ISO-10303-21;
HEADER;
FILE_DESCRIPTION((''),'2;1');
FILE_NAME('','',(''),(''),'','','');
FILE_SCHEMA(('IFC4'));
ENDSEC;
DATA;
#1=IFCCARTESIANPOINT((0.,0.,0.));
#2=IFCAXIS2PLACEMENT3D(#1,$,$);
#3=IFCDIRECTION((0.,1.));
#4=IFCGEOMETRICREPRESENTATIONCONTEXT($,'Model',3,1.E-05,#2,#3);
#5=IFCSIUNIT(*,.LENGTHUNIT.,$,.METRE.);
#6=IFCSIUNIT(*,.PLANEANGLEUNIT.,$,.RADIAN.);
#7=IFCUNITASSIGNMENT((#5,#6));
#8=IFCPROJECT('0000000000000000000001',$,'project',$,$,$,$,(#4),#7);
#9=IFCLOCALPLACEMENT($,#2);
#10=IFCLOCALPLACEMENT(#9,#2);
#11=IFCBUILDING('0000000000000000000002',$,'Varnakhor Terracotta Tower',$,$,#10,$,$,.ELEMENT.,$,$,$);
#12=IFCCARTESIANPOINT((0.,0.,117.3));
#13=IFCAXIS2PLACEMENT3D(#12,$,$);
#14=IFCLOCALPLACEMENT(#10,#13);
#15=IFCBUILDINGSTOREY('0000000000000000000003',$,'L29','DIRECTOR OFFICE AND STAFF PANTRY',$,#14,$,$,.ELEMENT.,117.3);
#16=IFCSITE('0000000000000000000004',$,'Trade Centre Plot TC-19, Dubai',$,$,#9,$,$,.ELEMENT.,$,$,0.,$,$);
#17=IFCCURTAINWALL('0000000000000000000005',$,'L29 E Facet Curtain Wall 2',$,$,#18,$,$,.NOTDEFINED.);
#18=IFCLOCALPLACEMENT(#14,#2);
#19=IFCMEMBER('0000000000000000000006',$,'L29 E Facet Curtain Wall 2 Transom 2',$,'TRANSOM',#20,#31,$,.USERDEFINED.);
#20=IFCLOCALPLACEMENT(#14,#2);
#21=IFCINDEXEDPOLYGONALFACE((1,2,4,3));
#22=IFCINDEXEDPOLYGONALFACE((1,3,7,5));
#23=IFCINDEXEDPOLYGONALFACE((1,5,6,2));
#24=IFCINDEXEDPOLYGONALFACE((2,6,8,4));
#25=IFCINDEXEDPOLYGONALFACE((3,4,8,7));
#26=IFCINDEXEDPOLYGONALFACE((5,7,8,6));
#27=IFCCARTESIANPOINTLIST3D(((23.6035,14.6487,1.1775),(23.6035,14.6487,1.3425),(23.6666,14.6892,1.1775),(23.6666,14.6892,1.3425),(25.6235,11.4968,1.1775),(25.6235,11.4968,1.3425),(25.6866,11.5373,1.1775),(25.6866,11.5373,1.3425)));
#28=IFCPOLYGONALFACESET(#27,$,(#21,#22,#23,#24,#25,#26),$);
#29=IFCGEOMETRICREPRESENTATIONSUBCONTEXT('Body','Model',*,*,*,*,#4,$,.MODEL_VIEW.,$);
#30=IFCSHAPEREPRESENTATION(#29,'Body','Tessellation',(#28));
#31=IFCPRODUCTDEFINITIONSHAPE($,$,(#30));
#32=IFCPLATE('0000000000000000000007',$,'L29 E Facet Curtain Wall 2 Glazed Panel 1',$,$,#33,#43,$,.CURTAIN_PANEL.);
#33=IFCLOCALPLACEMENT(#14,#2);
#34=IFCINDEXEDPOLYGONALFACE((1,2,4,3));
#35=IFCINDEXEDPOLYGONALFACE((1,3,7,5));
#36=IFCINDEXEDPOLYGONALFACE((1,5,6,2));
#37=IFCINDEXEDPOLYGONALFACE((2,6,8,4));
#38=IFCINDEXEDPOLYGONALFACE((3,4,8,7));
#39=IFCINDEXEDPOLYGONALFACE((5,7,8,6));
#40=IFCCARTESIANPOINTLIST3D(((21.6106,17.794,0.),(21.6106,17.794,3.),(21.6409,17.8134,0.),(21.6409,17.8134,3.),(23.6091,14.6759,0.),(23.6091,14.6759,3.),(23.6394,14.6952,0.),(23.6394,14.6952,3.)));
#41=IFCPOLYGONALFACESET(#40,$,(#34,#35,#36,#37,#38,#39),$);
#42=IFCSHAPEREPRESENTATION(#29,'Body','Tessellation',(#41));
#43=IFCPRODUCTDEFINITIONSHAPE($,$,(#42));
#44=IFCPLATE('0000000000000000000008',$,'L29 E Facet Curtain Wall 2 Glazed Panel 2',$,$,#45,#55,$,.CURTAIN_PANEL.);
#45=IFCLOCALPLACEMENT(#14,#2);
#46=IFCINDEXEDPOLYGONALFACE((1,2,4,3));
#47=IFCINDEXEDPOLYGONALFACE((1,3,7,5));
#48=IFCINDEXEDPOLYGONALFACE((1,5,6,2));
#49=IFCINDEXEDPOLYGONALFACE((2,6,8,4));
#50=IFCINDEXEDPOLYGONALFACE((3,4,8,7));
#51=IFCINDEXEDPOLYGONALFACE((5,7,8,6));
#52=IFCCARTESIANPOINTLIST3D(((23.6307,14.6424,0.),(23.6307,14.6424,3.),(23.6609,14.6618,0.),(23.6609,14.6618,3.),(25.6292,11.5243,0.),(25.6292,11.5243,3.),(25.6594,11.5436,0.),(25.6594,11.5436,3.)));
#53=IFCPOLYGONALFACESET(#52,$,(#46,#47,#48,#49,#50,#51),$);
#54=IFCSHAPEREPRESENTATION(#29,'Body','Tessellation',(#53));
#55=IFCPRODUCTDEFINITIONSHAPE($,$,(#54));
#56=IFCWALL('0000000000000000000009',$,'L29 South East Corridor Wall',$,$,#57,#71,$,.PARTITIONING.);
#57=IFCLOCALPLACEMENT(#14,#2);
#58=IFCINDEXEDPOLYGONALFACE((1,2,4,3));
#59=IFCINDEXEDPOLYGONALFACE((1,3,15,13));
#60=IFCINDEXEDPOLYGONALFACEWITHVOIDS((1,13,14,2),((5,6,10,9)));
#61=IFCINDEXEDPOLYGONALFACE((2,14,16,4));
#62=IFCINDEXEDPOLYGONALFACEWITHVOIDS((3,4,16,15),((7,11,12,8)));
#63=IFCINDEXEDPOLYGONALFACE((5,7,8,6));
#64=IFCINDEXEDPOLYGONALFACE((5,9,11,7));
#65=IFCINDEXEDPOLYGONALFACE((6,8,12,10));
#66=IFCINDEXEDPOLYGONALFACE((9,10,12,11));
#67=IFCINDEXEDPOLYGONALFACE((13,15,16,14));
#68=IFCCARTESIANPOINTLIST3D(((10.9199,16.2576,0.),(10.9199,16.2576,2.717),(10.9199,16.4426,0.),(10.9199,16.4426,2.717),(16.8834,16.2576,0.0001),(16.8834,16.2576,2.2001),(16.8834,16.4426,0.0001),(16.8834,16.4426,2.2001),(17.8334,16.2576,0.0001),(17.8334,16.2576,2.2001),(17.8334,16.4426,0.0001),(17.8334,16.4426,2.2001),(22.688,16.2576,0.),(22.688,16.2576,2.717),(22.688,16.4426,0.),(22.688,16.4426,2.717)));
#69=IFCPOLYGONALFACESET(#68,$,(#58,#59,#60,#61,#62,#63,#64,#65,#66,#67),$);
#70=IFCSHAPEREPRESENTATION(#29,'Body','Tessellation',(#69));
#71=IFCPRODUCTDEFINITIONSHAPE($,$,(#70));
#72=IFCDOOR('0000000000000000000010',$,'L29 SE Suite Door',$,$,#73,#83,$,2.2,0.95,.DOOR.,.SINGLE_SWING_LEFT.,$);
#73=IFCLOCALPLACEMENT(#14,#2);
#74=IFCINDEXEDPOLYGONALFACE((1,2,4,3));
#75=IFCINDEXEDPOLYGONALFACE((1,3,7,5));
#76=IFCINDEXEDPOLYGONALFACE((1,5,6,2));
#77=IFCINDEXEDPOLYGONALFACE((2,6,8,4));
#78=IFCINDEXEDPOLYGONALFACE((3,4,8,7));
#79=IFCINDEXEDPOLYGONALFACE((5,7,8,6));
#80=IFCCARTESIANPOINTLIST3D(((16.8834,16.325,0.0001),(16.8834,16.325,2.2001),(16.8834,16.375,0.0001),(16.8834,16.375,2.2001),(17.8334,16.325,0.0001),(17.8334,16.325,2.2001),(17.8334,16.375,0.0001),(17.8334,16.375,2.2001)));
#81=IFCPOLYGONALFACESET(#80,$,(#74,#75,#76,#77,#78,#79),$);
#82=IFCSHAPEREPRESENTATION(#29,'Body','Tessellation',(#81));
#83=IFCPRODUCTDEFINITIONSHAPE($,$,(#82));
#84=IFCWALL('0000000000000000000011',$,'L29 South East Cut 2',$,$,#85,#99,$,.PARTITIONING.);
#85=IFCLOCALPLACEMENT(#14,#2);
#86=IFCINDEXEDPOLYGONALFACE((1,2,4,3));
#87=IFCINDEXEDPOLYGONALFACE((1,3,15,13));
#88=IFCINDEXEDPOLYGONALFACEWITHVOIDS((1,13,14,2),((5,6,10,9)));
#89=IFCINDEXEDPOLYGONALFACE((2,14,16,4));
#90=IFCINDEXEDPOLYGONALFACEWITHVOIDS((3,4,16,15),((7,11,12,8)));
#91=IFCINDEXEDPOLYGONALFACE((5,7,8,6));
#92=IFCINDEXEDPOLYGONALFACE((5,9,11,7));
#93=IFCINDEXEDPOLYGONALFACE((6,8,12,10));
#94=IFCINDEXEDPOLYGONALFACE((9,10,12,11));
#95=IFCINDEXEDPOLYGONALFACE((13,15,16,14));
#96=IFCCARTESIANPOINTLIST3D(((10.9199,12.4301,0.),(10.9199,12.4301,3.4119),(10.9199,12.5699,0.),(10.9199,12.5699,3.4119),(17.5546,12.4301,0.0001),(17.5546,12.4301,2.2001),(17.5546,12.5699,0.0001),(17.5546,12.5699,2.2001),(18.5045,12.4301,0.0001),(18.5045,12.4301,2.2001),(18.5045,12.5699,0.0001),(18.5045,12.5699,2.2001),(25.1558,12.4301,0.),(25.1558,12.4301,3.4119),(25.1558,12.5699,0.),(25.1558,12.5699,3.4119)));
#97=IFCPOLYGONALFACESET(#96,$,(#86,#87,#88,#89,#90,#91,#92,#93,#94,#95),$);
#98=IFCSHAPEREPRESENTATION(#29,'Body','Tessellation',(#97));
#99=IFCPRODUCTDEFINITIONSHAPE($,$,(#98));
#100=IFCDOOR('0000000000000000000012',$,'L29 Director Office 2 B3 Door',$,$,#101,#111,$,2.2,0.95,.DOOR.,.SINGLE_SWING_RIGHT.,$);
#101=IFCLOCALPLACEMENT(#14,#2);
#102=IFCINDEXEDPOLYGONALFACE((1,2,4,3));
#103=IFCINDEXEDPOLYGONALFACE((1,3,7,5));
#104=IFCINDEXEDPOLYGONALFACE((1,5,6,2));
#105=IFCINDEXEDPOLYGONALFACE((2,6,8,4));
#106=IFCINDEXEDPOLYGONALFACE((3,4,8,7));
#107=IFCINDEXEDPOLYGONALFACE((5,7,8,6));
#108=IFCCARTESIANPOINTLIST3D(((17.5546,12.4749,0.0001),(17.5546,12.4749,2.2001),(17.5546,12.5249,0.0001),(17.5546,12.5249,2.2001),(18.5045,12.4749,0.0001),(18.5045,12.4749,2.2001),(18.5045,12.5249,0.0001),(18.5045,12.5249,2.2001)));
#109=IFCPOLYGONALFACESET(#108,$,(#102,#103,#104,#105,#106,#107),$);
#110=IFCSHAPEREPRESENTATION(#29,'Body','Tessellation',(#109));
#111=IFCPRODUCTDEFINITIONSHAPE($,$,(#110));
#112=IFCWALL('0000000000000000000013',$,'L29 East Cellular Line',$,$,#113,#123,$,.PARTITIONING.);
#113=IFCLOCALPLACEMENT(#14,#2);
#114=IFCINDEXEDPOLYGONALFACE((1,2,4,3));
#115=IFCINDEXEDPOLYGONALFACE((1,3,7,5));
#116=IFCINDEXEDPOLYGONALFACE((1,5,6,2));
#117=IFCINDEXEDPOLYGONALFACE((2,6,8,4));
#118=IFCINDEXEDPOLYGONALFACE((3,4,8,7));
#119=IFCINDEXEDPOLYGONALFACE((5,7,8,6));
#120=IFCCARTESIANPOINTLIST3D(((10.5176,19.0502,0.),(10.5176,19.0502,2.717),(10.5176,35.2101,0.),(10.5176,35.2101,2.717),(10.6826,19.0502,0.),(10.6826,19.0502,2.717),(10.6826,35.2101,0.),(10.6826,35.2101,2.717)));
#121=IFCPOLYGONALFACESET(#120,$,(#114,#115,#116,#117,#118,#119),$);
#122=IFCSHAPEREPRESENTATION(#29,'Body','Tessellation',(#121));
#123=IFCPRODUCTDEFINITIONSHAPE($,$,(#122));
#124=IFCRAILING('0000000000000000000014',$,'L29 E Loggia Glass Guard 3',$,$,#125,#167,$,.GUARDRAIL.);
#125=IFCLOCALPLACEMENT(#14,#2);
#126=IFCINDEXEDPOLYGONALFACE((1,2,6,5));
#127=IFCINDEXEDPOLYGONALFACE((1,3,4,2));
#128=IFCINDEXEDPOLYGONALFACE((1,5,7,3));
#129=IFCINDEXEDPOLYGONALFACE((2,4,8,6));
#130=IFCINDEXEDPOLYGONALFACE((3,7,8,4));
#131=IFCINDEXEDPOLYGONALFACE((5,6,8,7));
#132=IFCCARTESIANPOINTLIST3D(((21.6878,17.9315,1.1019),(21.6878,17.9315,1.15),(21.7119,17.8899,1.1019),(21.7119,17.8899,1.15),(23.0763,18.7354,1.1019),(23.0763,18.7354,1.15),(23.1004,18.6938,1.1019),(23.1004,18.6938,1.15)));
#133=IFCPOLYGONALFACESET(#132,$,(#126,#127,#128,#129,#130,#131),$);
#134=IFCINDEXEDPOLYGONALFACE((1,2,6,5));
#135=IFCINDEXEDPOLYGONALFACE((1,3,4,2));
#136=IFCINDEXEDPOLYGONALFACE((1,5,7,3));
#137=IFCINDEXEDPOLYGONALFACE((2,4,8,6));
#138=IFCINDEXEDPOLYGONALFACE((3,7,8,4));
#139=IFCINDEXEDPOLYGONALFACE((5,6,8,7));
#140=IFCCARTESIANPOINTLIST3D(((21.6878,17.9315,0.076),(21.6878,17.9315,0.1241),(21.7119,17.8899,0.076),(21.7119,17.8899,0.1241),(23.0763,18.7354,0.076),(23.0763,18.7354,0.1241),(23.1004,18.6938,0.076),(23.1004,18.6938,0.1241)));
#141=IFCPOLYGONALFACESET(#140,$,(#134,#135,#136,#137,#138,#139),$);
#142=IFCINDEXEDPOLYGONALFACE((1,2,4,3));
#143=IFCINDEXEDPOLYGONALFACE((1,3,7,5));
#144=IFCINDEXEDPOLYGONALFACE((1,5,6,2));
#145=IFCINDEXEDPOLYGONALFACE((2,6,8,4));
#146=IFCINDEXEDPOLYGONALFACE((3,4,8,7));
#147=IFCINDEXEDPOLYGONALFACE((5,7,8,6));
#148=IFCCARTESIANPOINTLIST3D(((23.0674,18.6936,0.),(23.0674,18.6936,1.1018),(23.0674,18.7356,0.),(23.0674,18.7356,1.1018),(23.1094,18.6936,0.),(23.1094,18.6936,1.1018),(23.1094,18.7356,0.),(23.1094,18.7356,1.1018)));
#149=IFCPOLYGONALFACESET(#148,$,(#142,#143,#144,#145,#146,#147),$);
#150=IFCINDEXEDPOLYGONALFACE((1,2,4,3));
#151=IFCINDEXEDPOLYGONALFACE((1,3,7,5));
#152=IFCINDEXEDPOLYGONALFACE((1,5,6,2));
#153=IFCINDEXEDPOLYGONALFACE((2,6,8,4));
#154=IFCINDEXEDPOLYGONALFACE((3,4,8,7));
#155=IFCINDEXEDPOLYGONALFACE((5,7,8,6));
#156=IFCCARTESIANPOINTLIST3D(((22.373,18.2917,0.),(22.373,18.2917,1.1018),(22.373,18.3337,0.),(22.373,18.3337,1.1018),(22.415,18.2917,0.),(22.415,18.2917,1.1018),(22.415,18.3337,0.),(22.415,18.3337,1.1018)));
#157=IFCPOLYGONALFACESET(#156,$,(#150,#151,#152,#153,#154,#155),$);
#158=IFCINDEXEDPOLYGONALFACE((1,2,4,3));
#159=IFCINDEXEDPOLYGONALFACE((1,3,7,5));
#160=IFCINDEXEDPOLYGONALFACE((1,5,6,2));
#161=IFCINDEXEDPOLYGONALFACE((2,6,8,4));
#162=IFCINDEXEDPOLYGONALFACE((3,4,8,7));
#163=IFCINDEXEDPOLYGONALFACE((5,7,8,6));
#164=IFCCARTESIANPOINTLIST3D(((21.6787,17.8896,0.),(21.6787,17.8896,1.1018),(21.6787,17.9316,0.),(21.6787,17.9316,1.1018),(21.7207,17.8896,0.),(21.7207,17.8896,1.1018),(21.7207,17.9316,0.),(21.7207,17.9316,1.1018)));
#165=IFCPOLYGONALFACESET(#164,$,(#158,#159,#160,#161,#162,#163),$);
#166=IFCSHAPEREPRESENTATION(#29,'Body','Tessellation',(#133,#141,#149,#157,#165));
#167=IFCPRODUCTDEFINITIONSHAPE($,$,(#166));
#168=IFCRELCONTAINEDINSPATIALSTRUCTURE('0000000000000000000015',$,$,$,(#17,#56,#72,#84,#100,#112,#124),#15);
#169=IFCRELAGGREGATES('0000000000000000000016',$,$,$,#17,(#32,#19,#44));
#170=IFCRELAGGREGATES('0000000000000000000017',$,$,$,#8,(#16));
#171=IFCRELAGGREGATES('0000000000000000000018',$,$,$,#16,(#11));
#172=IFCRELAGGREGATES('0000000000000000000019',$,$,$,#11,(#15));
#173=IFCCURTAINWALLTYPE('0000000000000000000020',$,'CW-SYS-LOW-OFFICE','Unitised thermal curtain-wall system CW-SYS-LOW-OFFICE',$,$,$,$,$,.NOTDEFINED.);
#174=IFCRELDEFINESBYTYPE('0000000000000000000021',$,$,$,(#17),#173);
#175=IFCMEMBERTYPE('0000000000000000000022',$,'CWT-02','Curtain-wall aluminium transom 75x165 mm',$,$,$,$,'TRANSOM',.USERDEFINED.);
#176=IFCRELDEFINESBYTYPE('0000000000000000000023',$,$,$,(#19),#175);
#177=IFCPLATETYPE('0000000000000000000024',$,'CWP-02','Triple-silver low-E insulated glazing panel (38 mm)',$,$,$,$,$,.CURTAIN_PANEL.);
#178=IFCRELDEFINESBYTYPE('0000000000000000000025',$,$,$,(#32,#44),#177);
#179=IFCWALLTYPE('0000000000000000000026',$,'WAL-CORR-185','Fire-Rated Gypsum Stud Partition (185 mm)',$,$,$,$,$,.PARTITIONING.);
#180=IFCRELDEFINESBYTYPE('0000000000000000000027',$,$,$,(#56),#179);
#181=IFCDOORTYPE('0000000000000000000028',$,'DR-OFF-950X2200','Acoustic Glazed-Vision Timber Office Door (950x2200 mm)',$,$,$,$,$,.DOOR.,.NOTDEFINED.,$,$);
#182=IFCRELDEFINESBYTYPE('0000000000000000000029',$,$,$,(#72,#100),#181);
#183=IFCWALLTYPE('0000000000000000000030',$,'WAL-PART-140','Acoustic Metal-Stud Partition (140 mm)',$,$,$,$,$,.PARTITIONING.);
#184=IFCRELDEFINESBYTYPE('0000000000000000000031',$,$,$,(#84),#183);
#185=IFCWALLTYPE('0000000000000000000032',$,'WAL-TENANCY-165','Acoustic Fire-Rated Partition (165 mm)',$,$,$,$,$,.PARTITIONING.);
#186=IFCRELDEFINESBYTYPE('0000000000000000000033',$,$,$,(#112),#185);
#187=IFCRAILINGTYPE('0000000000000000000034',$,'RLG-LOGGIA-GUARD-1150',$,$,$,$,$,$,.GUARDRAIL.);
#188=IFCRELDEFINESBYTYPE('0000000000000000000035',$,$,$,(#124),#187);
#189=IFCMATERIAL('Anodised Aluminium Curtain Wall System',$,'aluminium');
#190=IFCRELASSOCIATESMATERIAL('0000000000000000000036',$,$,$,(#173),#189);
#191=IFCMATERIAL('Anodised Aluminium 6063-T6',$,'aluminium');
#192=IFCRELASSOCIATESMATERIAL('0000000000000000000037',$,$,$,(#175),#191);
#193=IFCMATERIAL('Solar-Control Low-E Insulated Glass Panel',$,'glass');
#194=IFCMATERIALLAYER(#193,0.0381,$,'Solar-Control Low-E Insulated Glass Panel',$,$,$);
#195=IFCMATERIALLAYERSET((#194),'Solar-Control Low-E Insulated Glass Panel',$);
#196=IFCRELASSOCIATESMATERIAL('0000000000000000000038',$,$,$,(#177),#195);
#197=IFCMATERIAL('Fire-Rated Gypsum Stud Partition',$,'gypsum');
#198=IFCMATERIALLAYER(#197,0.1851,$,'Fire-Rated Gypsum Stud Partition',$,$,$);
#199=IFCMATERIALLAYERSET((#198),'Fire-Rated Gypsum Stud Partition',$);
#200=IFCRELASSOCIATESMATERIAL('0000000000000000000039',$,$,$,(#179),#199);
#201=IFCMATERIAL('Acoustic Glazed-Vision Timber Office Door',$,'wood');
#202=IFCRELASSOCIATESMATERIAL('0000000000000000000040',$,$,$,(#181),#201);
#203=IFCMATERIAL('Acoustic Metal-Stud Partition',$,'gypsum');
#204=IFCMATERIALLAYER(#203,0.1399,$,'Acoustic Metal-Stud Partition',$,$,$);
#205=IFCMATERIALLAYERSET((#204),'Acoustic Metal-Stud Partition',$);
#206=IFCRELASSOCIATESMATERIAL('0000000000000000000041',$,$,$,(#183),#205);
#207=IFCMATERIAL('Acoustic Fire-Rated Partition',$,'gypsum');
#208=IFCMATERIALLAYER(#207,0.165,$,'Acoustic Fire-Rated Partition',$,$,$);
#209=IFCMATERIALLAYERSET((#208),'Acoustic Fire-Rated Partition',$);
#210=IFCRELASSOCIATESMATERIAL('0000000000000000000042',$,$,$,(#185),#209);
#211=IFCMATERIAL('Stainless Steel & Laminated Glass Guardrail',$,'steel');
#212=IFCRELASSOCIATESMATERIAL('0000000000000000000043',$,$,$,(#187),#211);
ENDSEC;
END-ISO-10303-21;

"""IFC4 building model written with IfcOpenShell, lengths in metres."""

from ifc_helpers import new_model, si_unit, direction, frame, frame_2d, origin, origin_2d, place, context, subcontext, project, spatial, rectangle, extrude, source, transform, mapped, material, layer, layer_set, material_profile, profile_set, type_object, type_shapes, element, fill, aggregate, save


model = new_model("IFC4")

# Units and contexts
model_context = context("Model", 3, precision=1e-05, world=origin(), true_north=direction((0.0, 1.0)))
body_context = subcontext(model_context, "Body", "Model", "MODEL_VIEW")
ifc_project = project(units=[si_unit("LENGTHUNIT", "METRE"), si_unit("PLANEANGLEUNIT", "RADIAN")], contexts=[model_context])

# Site, building, storey
site_placement = place(None, origin())
site = spatial("IfcSite", under=ifc_project, at=site_placement, Name="Trade Centre Plot TC-19, Dubai", CompositionType="ELEMENT", RefElevation=0.0)
building_placement = place(site_placement, origin())
building = spatial("IfcBuilding", under=site, at=building_placement, Name="Varnakhor Terracotta Tower", CompositionType="ELEMENT")
storey_placement = place(building_placement, frame((0.0, 0.0, 117.3)))
storey = spatial("IfcBuildingStorey", under=building, at=storey_placement, Name="L29", Description="DIRECTOR OFFICE AND STAFF PANTRY", CompositionType="ELEMENT", Elevation=117.3)

# Curtain wall, member, plates
ifc_material_1 = material(Name="Anodised Aluminium Curtain Wall System", Category="aluminium")
curtain_wall_type = type_object("IfcCurtainWallType", Name="CW-SYS-LOW-OFFICE", Description="Unitised thermal curtain-wall system CW-SYS-LOW-OFFICE", PredefinedType="NOTDEFINED", material=ifc_material_1)
curtain_wall_placement = place(storey_placement, origin())
curtain_wall = element("IfcCurtainWall", 1, at=curtain_wall_placement, inside=storey, type_object=curtain_wall_type, Name="L29 E Facet Curtain Wall 2", PredefinedType="NOTDEFINED")
ifc_material_2 = material(Name="Anodised Aluminium 6063-T6", Category="aluminium")
ifc_material_profile_1 = material_profile(ifc_material_2, rectangle(XDim=0.075, YDim=0.165, at=origin_2d()), Name="ALU TRANSOM 75x165")
ifc_profile_set_1 = profile_set([ifc_material_profile_1], Name="Anodised Aluminium 6063-T6")
member_type_1 = type_object("IfcMemberType", Name="CWT-02", Description="Curtain-wall aluminium transom 75x165 mm", ElementType="TRANSOM", PredefinedType="USERDEFINED", material=ifc_profile_set_1)
shared_shape_1 = source(origin(), body_context, "Body", "SweptSolid", [
    extrude(rectangle(XDim=0.075, YDim=0.165, at=origin_2d()), origin(), (0.0, 0.0, 1.0), 3.7437),
])
member_1_placement = place(storey_placement, frame((23.635, 14.6689, 1.26), z_axis=(0.53959, -0.841928, 0.0), x_axis=(0.841928, 0.53959, 0.0)))
member_1 = element("IfcMember", 2, at=member_1_placement, type_object=member_type_1, Name="L29 E Facet Curtain Wall 2 Transom 2", ObjectType="TRANSOM", PredefinedType="USERDEFINED", context=body_context, shape_type="MappedRepresentation", body=[
    mapped(shared_shape_1, transform((0.0, 0.0, 0.0), scale=1.0)),
])
ifc_material_3 = material(Name="Solar-Control Low-E Insulated Glass Panel", Category="glass")
ifc_layer_1 = layer(ifc_material_3, 0.0381, Name="Solar-Control Low-E Insulated Glass Panel")
ifc_layer_set_1 = layer_set([ifc_layer_1], Name="Solar-Control Low-E Insulated Glass Panel")
plate_type = type_object("IfcPlateType", Name="CWP-02", Description="Triple-silver low-E insulated glazing panel (38 mm)", PredefinedType="CURTAIN_PANEL", material=ifc_layer_set_1)
shared_shape_2 = source(origin(), body_context, "Body", "SweptSolid", [
    extrude(rectangle(XDim=3.7036, YDim=0.0359, at=origin_2d()), origin(), (0.0, 0.0, 1.0), 3.0),
])
plate_1_placement = place(storey_placement, frame((22.625, 16.2446, 0.0), z_axis=(0.0, 0.0, 1.0), x_axis=(0.539609, -0.841916, 0.0)))
plate_1 = element("IfcPlate", 3, at=plate_1_placement, type_object=plate_type, Name="L29 E Facet Curtain Wall 2 Glazed Panel 1", PredefinedType="CURTAIN_PANEL", context=body_context, shape_type="MappedRepresentation", body=[
    mapped(shared_shape_2, transform((0.0, 0.0, 0.0), scale=1.0)),
])
plate_2_placement = place(storey_placement, frame((24.645, 13.093, 0.0), z_axis=(0.0, 0.0, 1.0), x_axis=(0.539609, -0.841916, 0.0)))
plate_2 = element("IfcPlate", 4, at=plate_2_placement, type_object=plate_type, Name="L29 E Facet Curtain Wall 2 Glazed Panel 2", PredefinedType="CURTAIN_PANEL", context=body_context, shape_type="MappedRepresentation", body=[
    mapped(shared_shape_2, transform((0.0, 0.0, 0.0), scale=1.0)),
])
aggregate(curtain_wall, [plate_1, member_1, plate_2])

# Walls, openings, doors
ifc_material_4 = material(Name="Fire-Rated Gypsum Stud Partition", Category="gypsum")
ifc_layer_2 = layer(ifc_material_4, 0.1851, Name="Fire-Rated Gypsum Stud Partition")
ifc_layer_set_2 = layer_set([ifc_layer_2], Name="Fire-Rated Gypsum Stud Partition")
wall_type_1 = type_object("IfcWallType", Name="WAL-CORR-185", Description="Fire-Rated Gypsum Stud Partition (185 mm)", PredefinedType="PARTITIONING", material=ifc_layer_set_2)
wall_1_placement = place(storey_placement, frame((10.9199, 16.3501, 0.0), z_axis=(0.0, 0.0, 1.0), x_axis=(1.0, 0.0, 0.0)))
wall_1 = element("IfcWall", 5, at=wall_1_placement, inside=storey, type_object=wall_type_1, Name="L29 South East Corridor Wall", PredefinedType="PARTITIONING", context=body_context, shape_type="SweptSolid", body=[
    extrude(rectangle(XDim=11.7681, YDim=0.1851, at=frame_2d((5.884, 0.0))), origin(), (0.0, 0.0, 1.0), 2.717),
])
opening_1_placement = place(wall_1_placement, frame((5.9634, 0.0, 0.0)))
opening_1 = element("IfcOpeningElement", 6, at=opening_1_placement, cuts=wall_1, PredefinedType="OPENING", context=body_context, shape_type="SweptSolid", body=[
    extrude(rectangle(XDim=0.95, YDim=2.2, at=frame_2d((0.4751, 1.1001))), frame((0.0, 0.1025, 0.0), z_axis=(0.0, -1.0, 0.0), x_axis=(1.0, 0.0, 0.0)), (0.0, 0.0, 1.0), 0.2051),
])
ifc_material_5 = material(Name="Acoustic Glazed-Vision Timber Office Door", Category="wood")
door_type = type_object("IfcDoorType", Name="DR-OFF-950X2200", Description="Acoustic Glazed-Vision Timber Office Door (950x2200 mm)", OperationType="NOTDEFINED", PredefinedType="DOOR", material=ifc_material_5)
shared_shape_3 = source(origin(), body_context, "Body", "SweptSolid", [
    extrude(rectangle(XDim=0.95, YDim=2.2, at=frame_2d((0.4751, 1.1001))), frame((0.0, 0.0249, 0.0), z_axis=(0.0, -1.0, 0.0), x_axis=(1.0, 0.0, 0.0)), (0.0, 0.0, 1.0), 0.05),
])
type_shapes(door_type, [shared_shape_3])
door_1_placement = place(opening_1_placement, origin())
door_1 = element("IfcDoor", 7, at=door_1_placement, inside=storey, type_object=door_type, Name="L29 SE Suite Door", OperationType="SINGLE_SWING_LEFT", OverallHeight=2.2, OverallWidth=0.95, PredefinedType="DOOR", context=body_context, shape_type="MappedRepresentation", body=[
    mapped(shared_shape_3, transform((0.0, 0.0, 0.0), scale=1.0)),
])
fill(opening_1, door_1)
ifc_material_6 = material(Name="Acoustic Metal-Stud Partition", Category="gypsum")
ifc_layer_3 = layer(ifc_material_6, 0.1399, Name="Acoustic Metal-Stud Partition")
ifc_layer_set_3 = layer_set([ifc_layer_3], Name="Acoustic Metal-Stud Partition")
wall_type_2 = type_object("IfcWallType", Name="WAL-PART-140", Description="Acoustic Metal-Stud Partition (140 mm)", PredefinedType="PARTITIONING", material=ifc_layer_set_3)
wall_2_placement = place(storey_placement, frame((10.9199, 12.5, 0.0), z_axis=(0.0, 0.0, 1.0), x_axis=(1.0, 0.0, 0.0)))
wall_2 = element("IfcWall", 8, at=wall_2_placement, inside=storey, type_object=wall_type_2, Name="L29 South East Cut 2", PredefinedType="PARTITIONING", context=body_context, shape_type="SweptSolid", body=[
    extrude(rectangle(XDim=14.2358, YDim=0.1399, at=frame_2d((7.1179, 0.0))), origin(), (0.0, 0.0, 1.0), 3.4119),
])
opening_2_placement = place(wall_2_placement, frame((6.6345, 0.0, 0.0)))
opening_2 = element("IfcOpeningElement", 9, at=opening_2_placement, cuts=wall_2, PredefinedType="OPENING", context=body_context, shape_type="SweptSolid", body=[
    extrude(rectangle(XDim=0.95, YDim=2.2, at=frame_2d((0.4751, 1.1001))), frame((0.0, 0.0801, 0.0), z_axis=(0.0, -1.0, 0.0), x_axis=(1.0, 0.0, 0.0)), (0.0, 0.0, 1.0), 0.1599),
])
door_2_placement = place(opening_2_placement, origin())
door_2 = element("IfcDoor", 10, at=door_2_placement, inside=storey, type_object=door_type, Name="L29 Director Office 2 B3 Door", OperationType="SINGLE_SWING_RIGHT", OverallHeight=2.2, OverallWidth=0.95, PredefinedType="DOOR", context=body_context, shape_type="MappedRepresentation", body=[
    mapped(shared_shape_3, transform((0.0, 0.0, 0.0), scale=1.0)),
])
fill(opening_2, door_2)

# Wall
ifc_material_7 = material(Name="Acoustic Fire-Rated Partition", Category="gypsum")
ifc_layer_4 = layer(ifc_material_7, 0.165, Name="Acoustic Fire-Rated Partition")
ifc_layer_set_4 = layer_set([ifc_layer_4], Name="Acoustic Fire-Rated Partition")
wall_type_3 = type_object("IfcWallType", Name="WAL-TENANCY-165", Description="Acoustic Fire-Rated Partition (165 mm)", PredefinedType="PARTITIONING", material=ifc_layer_set_4)
wall_3_placement = place(storey_placement, frame((10.6001, 19.05, 0.0), z_axis=(0.0, 0.0, 1.0), x_axis=(0.0, 1.0, 0.0)))
element("IfcWall", 11, at=wall_3_placement, inside=storey, type_object=wall_type_3, Name="L29 East Cellular Line", PredefinedType="PARTITIONING", context=body_context, shape_type="SweptSolid", body=[
    extrude(rectangle(XDim=16.1599, YDim=0.165, at=frame_2d((8.0801, 0.0))), origin(), (0.0, 0.0, 1.0), 2.717),
])

# Railing
ifc_material_8 = material(Name="Stainless Steel & Laminated Glass Guardrail", Category="steel")
railing_type = type_object("IfcRailingType", Name="RLG-LOGGIA-GUARD-1150", PredefinedType="GUARDRAIL", material=ifc_material_8)
railing_placement = place(storey_placement, frame((23.0884, 18.7146, 0.0)))
element("IfcRailing", 12, at=railing_placement, inside=storey, type_object=railing_type, Name="L29 E Loggia Glass Guard 3", PredefinedType="GUARDRAIL", context=body_context, shape_type="SweptSolid", body=[
    extrude(rectangle(XDim=0.0481, YDim=0.0481, at=origin_2d()), frame((0.0, 0.0, 1.126), z_axis=(-0.86543, -0.50103, 0.0), x_axis=(0.50103, -0.86543, 0.0)), (0.0, 0.0, 1.0), 1.6045),
    extrude(rectangle(XDim=0.0481, YDim=0.0481, at=origin_2d()), frame((0.0, 0.0, 0.1001), z_axis=(-0.86543, -0.50103, 0.0), x_axis=(0.50103, -0.86543, 0.0)), (0.0, 0.0, 1.0), 1.6045),
    extrude(rectangle(XDim=0.042, YDim=0.042, at=origin_2d()), origin(), (0.0, 0.0, 1.0), 1.1018),
    extrude(rectangle(XDim=0.042, YDim=0.042, at=origin_2d()), frame((-0.6943, -0.4019, 0.0)), (0.0, 0.0, 1.0), 1.1018),
    extrude(rectangle(XDim=0.042, YDim=0.042, at=origin_2d()), frame((-1.3887, -0.804, 0.0)), (0.0, 0.0, 1.0), 1.1018),
])

save(model, "model.ifc")
